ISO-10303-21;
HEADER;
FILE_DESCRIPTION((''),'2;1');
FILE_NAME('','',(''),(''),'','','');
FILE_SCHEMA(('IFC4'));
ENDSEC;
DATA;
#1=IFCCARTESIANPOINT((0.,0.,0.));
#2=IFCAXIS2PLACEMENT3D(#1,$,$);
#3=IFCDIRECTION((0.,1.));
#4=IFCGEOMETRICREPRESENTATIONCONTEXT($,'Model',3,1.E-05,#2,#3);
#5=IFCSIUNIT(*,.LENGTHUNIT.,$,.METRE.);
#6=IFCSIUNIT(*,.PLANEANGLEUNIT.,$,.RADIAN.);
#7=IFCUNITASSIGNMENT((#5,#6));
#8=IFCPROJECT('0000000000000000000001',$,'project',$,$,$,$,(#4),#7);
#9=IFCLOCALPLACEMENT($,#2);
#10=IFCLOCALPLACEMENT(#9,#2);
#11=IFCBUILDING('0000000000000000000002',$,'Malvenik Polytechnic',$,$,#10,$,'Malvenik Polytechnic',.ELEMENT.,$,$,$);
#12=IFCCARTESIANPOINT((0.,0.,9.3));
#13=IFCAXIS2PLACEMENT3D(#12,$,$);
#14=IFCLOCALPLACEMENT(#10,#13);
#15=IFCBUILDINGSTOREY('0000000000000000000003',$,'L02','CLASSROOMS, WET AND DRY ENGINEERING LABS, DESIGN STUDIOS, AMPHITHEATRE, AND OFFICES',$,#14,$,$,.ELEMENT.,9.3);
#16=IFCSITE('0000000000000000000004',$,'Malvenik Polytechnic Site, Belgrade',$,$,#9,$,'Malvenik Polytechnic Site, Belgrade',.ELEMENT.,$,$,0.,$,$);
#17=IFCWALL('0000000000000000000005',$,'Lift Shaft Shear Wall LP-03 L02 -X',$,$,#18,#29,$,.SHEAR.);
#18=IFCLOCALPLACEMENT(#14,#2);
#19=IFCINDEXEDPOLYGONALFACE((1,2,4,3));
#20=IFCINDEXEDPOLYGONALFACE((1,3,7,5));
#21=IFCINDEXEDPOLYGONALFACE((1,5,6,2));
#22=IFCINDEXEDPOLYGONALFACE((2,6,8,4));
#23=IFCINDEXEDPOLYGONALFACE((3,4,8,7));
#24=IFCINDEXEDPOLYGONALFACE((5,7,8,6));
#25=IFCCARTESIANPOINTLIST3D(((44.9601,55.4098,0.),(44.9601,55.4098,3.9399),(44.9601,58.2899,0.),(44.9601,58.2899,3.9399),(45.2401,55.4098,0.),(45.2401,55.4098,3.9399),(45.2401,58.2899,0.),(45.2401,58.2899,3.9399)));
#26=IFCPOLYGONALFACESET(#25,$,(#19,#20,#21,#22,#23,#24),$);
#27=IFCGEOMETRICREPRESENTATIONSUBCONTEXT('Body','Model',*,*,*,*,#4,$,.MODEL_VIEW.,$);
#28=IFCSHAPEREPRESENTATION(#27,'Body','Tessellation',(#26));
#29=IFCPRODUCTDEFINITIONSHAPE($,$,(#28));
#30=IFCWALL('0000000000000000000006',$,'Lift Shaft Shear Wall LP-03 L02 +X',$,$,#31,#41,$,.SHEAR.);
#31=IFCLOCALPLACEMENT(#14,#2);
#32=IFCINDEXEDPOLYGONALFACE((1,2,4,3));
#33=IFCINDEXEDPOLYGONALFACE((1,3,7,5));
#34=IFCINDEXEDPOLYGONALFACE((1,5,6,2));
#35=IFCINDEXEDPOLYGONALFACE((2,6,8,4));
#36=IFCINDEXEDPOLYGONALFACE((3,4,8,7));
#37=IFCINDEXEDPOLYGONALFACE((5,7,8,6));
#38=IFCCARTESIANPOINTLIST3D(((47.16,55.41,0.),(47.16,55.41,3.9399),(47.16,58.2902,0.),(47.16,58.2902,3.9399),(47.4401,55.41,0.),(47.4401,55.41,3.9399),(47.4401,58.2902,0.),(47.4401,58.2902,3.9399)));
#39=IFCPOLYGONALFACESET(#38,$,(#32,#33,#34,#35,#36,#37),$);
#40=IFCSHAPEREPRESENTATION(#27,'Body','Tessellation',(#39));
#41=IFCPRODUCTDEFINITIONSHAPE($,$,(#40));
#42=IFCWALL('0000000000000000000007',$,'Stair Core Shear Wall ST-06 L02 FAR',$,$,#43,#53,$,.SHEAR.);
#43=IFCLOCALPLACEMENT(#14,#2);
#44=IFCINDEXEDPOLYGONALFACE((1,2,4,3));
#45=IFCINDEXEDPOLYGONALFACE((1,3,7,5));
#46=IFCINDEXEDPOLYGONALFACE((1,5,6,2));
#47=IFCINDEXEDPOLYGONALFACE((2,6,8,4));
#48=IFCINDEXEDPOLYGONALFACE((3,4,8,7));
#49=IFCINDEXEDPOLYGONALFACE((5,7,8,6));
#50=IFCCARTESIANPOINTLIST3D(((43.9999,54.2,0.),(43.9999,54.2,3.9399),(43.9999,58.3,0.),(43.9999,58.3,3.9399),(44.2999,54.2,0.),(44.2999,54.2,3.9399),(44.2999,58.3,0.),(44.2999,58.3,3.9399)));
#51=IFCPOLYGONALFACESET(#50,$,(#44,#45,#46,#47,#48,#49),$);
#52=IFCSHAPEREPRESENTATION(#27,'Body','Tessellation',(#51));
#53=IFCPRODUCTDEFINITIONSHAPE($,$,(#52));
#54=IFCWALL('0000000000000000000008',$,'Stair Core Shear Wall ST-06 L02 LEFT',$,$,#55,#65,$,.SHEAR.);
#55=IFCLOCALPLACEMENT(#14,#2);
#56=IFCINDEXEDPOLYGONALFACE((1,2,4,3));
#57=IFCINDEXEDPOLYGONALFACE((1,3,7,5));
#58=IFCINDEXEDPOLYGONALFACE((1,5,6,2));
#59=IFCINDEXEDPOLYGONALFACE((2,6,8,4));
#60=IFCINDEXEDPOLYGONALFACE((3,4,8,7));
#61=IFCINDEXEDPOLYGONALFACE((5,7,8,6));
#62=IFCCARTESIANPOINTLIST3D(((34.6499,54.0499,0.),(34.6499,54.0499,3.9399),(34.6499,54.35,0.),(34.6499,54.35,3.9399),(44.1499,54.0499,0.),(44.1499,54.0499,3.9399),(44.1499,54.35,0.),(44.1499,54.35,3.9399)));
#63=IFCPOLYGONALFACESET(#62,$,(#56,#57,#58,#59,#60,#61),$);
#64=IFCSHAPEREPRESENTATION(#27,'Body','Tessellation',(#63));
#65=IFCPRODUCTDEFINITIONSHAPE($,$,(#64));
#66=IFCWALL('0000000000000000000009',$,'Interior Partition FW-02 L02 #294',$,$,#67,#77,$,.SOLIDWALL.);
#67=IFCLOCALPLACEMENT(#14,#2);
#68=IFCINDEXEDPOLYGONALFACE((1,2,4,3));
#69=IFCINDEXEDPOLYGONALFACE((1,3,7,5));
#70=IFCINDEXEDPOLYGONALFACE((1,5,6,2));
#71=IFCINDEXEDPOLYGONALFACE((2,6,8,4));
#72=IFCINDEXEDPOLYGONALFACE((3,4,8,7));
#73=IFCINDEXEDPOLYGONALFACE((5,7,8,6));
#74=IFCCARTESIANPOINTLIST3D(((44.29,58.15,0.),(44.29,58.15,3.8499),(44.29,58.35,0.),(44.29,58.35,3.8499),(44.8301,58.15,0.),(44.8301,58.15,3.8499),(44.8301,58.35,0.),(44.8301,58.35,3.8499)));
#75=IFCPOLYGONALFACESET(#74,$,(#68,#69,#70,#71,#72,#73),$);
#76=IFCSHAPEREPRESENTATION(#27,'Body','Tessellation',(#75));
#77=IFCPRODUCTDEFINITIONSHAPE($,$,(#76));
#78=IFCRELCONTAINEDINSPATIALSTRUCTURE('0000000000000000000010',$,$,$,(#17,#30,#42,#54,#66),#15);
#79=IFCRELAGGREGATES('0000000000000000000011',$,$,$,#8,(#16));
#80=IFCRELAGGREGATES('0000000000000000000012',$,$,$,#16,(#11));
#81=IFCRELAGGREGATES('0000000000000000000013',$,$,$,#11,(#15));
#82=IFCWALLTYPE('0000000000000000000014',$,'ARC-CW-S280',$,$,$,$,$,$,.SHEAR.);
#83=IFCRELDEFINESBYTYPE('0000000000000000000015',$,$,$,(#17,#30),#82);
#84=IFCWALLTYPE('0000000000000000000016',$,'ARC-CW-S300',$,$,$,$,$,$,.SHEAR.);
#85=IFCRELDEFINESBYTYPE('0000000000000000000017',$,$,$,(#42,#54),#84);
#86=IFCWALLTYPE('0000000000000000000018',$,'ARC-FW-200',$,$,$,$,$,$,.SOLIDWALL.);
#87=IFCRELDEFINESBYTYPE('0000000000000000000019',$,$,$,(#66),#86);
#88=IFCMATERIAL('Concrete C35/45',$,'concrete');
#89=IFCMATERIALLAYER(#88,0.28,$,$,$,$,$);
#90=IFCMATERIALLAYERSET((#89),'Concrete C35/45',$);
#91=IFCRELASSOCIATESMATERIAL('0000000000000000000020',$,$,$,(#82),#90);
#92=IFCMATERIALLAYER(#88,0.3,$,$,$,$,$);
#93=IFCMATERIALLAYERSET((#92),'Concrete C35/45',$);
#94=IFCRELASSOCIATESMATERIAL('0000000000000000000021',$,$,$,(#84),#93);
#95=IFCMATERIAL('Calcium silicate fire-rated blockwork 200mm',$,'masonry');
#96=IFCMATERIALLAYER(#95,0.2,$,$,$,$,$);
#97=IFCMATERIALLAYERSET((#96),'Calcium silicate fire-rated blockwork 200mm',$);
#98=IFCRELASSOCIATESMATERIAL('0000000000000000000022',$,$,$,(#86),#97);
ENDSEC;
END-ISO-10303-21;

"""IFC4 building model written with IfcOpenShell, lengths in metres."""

from ifc_helpers import new_model, si_unit, direction, frame, frame_2d, origin, place, context, subcontext, project, spatial, rectangle, extrude, material, layer, layer_set, type_object, element, save


model = new_model("IFC4")

# Units and contexts
model_context = context("Model", 3, precision=1e-05, world=origin(), true_north=direction((0.0, 1.0)))
body_context = subcontext(model_context, "Body", "Model", "MODEL_VIEW")
ifc_project = project(units=[si_unit("LENGTHUNIT", "METRE"), si_unit("PLANEANGLEUNIT", "RADIAN")], contexts=[model_context])

# Site, building, storey
site_placement = place(None, origin())
site = spatial("IfcSite", under=ifc_project, at=site_placement, Name="Malvenik Polytechnic Site, Belgrade", LongName="Malvenik Polytechnic Site, Belgrade", CompositionType="ELEMENT", RefElevation=0.0)
building_placement = place(site_placement, origin())
building = spatial("IfcBuilding", under=site, at=building_placement, Name="Malvenik Polytechnic", LongName="Malvenik Polytechnic", CompositionType="ELEMENT")
storey_placement = place(building_placement, frame((0.0, 0.0, 9.3)))
storey = spatial("IfcBuildingStorey", under=building, at=storey_placement, Name="L02", Description="CLASSROOMS, WET AND DRY ENGINEERING LABS, DESIGN STUDIOS, AMPHITHEATRE, AND OFFICES", CompositionType="ELEMENT", Elevation=9.3)

# Shared definitions
ifc_material_1 = material(Name="Concrete C35/45", Category="concrete")

# Shared definitions
ifc_layer_1 = layer(ifc_material_1, 0.28)
ifc_layer_set_1 = layer_set([ifc_layer_1], Name="Concrete C35/45")
wall_type_1 = type_object("IfcWallType", Name="ARC-CW-S280", PredefinedType="SHEAR", material=ifc_layer_set_1)

# Walls
for number, where, z_axis, x_axis, name in (
    (1, (45.1001, 55.4099, 0.0), (0.0, 0.0, 1.0), (0.0, 1.0, 0.0), "Lift Shaft Shear Wall LP-03 L02 -X"),
    (2, (47.3, 58.29, 0.0), (0.0, 0.0, 1.0), (0.0, -1.0, 0.0), "Lift Shaft Shear Wall LP-03 L02 +X"),
):
    element("IfcWall", number, at=place(storey_placement, frame(where, z_axis=z_axis, x_axis=x_axis)), inside=storey, type_object=wall_type_1, Name=name, PredefinedType="SHEAR", context=body_context, shape_type="SweptSolid", body=[
        extrude(rectangle(XDim=2.8801, YDim=0.28, at=frame_2d((1.4399, 0.0))), origin(), (0.0, 0.0, 1.0), 3.9399),
    ])
ifc_layer_2 = layer(ifc_material_1, 0.3)
ifc_layer_set_2 = layer_set([ifc_layer_2], Name="Concrete C35/45")
wall_type_2 = type_object("IfcWallType", Name="ARC-CW-S300", PredefinedType="SHEAR", material=ifc_layer_set_2)
wall_1_placement = place(storey_placement, frame((44.1499, 58.3, 0.0), z_axis=(0.0, 0.0, 1.0), x_axis=(0.0, -1.0, 0.0)))
element("IfcWall", 3, at=wall_1_placement, inside=storey, type_object=wall_type_2, Name="Stair Core Shear Wall ST-06 L02 FAR", PredefinedType="SHEAR", context=body_context, shape_type="SweptSolid", body=[
    extrude(rectangle(XDim=4.1001, YDim=0.3, at=frame_2d((2.05, 0.0))), origin(), (0.0, 0.0, 1.0), 3.9399),
])
wall_2_placement = place(storey_placement, frame((44.1499, 54.2, 0.0), z_axis=(0.0, 0.0, 1.0), x_axis=(-1.0, 0.0, 0.0)))
element("IfcWall", 4, at=wall_2_placement, inside=storey, type_object=wall_type_2, Name="Stair Core Shear Wall ST-06 L02 LEFT", PredefinedType="SHEAR", context=body_context, shape_type="SweptSolid", body=[
    extrude(rectangle(XDim=9.5, YDim=0.3, at=frame_2d((4.75, 0.0))), origin(), (0.0, 0.0, 1.0), 3.9399),
])
ifc_material_2 = material(Name="Calcium silicate fire-rated blockwork 200mm", Category="masonry")
ifc_layer_3 = layer(ifc_material_2, 0.2)
ifc_layer_set_3 = layer_set([ifc_layer_3], Name="Calcium silicate fire-rated blockwork 200mm")
wall_type_3 = type_object("IfcWallType", Name="ARC-FW-200", PredefinedType="SOLIDWALL", material=ifc_layer_set_3)
wall_3_placement = place(storey_placement, frame((44.8301, 58.25, 0.0), z_axis=(0.0, 0.0, 1.0), x_axis=(-1.0, 0.0, 0.0)))
element("IfcWall", 5, at=wall_3_placement, inside=storey, type_object=wall_type_3, Name="Interior Partition FW-02 L02 #294", PredefinedType="SOLIDWALL", context=body_context, shape_type="SweptSolid", body=[
    extrude(rectangle(XDim=0.54, YDim=0.2, at=frame_2d((0.27, 0.0))), origin(), (0.0, 0.0, 1.0), 3.8499),
])

save(model, "model.ifc")
